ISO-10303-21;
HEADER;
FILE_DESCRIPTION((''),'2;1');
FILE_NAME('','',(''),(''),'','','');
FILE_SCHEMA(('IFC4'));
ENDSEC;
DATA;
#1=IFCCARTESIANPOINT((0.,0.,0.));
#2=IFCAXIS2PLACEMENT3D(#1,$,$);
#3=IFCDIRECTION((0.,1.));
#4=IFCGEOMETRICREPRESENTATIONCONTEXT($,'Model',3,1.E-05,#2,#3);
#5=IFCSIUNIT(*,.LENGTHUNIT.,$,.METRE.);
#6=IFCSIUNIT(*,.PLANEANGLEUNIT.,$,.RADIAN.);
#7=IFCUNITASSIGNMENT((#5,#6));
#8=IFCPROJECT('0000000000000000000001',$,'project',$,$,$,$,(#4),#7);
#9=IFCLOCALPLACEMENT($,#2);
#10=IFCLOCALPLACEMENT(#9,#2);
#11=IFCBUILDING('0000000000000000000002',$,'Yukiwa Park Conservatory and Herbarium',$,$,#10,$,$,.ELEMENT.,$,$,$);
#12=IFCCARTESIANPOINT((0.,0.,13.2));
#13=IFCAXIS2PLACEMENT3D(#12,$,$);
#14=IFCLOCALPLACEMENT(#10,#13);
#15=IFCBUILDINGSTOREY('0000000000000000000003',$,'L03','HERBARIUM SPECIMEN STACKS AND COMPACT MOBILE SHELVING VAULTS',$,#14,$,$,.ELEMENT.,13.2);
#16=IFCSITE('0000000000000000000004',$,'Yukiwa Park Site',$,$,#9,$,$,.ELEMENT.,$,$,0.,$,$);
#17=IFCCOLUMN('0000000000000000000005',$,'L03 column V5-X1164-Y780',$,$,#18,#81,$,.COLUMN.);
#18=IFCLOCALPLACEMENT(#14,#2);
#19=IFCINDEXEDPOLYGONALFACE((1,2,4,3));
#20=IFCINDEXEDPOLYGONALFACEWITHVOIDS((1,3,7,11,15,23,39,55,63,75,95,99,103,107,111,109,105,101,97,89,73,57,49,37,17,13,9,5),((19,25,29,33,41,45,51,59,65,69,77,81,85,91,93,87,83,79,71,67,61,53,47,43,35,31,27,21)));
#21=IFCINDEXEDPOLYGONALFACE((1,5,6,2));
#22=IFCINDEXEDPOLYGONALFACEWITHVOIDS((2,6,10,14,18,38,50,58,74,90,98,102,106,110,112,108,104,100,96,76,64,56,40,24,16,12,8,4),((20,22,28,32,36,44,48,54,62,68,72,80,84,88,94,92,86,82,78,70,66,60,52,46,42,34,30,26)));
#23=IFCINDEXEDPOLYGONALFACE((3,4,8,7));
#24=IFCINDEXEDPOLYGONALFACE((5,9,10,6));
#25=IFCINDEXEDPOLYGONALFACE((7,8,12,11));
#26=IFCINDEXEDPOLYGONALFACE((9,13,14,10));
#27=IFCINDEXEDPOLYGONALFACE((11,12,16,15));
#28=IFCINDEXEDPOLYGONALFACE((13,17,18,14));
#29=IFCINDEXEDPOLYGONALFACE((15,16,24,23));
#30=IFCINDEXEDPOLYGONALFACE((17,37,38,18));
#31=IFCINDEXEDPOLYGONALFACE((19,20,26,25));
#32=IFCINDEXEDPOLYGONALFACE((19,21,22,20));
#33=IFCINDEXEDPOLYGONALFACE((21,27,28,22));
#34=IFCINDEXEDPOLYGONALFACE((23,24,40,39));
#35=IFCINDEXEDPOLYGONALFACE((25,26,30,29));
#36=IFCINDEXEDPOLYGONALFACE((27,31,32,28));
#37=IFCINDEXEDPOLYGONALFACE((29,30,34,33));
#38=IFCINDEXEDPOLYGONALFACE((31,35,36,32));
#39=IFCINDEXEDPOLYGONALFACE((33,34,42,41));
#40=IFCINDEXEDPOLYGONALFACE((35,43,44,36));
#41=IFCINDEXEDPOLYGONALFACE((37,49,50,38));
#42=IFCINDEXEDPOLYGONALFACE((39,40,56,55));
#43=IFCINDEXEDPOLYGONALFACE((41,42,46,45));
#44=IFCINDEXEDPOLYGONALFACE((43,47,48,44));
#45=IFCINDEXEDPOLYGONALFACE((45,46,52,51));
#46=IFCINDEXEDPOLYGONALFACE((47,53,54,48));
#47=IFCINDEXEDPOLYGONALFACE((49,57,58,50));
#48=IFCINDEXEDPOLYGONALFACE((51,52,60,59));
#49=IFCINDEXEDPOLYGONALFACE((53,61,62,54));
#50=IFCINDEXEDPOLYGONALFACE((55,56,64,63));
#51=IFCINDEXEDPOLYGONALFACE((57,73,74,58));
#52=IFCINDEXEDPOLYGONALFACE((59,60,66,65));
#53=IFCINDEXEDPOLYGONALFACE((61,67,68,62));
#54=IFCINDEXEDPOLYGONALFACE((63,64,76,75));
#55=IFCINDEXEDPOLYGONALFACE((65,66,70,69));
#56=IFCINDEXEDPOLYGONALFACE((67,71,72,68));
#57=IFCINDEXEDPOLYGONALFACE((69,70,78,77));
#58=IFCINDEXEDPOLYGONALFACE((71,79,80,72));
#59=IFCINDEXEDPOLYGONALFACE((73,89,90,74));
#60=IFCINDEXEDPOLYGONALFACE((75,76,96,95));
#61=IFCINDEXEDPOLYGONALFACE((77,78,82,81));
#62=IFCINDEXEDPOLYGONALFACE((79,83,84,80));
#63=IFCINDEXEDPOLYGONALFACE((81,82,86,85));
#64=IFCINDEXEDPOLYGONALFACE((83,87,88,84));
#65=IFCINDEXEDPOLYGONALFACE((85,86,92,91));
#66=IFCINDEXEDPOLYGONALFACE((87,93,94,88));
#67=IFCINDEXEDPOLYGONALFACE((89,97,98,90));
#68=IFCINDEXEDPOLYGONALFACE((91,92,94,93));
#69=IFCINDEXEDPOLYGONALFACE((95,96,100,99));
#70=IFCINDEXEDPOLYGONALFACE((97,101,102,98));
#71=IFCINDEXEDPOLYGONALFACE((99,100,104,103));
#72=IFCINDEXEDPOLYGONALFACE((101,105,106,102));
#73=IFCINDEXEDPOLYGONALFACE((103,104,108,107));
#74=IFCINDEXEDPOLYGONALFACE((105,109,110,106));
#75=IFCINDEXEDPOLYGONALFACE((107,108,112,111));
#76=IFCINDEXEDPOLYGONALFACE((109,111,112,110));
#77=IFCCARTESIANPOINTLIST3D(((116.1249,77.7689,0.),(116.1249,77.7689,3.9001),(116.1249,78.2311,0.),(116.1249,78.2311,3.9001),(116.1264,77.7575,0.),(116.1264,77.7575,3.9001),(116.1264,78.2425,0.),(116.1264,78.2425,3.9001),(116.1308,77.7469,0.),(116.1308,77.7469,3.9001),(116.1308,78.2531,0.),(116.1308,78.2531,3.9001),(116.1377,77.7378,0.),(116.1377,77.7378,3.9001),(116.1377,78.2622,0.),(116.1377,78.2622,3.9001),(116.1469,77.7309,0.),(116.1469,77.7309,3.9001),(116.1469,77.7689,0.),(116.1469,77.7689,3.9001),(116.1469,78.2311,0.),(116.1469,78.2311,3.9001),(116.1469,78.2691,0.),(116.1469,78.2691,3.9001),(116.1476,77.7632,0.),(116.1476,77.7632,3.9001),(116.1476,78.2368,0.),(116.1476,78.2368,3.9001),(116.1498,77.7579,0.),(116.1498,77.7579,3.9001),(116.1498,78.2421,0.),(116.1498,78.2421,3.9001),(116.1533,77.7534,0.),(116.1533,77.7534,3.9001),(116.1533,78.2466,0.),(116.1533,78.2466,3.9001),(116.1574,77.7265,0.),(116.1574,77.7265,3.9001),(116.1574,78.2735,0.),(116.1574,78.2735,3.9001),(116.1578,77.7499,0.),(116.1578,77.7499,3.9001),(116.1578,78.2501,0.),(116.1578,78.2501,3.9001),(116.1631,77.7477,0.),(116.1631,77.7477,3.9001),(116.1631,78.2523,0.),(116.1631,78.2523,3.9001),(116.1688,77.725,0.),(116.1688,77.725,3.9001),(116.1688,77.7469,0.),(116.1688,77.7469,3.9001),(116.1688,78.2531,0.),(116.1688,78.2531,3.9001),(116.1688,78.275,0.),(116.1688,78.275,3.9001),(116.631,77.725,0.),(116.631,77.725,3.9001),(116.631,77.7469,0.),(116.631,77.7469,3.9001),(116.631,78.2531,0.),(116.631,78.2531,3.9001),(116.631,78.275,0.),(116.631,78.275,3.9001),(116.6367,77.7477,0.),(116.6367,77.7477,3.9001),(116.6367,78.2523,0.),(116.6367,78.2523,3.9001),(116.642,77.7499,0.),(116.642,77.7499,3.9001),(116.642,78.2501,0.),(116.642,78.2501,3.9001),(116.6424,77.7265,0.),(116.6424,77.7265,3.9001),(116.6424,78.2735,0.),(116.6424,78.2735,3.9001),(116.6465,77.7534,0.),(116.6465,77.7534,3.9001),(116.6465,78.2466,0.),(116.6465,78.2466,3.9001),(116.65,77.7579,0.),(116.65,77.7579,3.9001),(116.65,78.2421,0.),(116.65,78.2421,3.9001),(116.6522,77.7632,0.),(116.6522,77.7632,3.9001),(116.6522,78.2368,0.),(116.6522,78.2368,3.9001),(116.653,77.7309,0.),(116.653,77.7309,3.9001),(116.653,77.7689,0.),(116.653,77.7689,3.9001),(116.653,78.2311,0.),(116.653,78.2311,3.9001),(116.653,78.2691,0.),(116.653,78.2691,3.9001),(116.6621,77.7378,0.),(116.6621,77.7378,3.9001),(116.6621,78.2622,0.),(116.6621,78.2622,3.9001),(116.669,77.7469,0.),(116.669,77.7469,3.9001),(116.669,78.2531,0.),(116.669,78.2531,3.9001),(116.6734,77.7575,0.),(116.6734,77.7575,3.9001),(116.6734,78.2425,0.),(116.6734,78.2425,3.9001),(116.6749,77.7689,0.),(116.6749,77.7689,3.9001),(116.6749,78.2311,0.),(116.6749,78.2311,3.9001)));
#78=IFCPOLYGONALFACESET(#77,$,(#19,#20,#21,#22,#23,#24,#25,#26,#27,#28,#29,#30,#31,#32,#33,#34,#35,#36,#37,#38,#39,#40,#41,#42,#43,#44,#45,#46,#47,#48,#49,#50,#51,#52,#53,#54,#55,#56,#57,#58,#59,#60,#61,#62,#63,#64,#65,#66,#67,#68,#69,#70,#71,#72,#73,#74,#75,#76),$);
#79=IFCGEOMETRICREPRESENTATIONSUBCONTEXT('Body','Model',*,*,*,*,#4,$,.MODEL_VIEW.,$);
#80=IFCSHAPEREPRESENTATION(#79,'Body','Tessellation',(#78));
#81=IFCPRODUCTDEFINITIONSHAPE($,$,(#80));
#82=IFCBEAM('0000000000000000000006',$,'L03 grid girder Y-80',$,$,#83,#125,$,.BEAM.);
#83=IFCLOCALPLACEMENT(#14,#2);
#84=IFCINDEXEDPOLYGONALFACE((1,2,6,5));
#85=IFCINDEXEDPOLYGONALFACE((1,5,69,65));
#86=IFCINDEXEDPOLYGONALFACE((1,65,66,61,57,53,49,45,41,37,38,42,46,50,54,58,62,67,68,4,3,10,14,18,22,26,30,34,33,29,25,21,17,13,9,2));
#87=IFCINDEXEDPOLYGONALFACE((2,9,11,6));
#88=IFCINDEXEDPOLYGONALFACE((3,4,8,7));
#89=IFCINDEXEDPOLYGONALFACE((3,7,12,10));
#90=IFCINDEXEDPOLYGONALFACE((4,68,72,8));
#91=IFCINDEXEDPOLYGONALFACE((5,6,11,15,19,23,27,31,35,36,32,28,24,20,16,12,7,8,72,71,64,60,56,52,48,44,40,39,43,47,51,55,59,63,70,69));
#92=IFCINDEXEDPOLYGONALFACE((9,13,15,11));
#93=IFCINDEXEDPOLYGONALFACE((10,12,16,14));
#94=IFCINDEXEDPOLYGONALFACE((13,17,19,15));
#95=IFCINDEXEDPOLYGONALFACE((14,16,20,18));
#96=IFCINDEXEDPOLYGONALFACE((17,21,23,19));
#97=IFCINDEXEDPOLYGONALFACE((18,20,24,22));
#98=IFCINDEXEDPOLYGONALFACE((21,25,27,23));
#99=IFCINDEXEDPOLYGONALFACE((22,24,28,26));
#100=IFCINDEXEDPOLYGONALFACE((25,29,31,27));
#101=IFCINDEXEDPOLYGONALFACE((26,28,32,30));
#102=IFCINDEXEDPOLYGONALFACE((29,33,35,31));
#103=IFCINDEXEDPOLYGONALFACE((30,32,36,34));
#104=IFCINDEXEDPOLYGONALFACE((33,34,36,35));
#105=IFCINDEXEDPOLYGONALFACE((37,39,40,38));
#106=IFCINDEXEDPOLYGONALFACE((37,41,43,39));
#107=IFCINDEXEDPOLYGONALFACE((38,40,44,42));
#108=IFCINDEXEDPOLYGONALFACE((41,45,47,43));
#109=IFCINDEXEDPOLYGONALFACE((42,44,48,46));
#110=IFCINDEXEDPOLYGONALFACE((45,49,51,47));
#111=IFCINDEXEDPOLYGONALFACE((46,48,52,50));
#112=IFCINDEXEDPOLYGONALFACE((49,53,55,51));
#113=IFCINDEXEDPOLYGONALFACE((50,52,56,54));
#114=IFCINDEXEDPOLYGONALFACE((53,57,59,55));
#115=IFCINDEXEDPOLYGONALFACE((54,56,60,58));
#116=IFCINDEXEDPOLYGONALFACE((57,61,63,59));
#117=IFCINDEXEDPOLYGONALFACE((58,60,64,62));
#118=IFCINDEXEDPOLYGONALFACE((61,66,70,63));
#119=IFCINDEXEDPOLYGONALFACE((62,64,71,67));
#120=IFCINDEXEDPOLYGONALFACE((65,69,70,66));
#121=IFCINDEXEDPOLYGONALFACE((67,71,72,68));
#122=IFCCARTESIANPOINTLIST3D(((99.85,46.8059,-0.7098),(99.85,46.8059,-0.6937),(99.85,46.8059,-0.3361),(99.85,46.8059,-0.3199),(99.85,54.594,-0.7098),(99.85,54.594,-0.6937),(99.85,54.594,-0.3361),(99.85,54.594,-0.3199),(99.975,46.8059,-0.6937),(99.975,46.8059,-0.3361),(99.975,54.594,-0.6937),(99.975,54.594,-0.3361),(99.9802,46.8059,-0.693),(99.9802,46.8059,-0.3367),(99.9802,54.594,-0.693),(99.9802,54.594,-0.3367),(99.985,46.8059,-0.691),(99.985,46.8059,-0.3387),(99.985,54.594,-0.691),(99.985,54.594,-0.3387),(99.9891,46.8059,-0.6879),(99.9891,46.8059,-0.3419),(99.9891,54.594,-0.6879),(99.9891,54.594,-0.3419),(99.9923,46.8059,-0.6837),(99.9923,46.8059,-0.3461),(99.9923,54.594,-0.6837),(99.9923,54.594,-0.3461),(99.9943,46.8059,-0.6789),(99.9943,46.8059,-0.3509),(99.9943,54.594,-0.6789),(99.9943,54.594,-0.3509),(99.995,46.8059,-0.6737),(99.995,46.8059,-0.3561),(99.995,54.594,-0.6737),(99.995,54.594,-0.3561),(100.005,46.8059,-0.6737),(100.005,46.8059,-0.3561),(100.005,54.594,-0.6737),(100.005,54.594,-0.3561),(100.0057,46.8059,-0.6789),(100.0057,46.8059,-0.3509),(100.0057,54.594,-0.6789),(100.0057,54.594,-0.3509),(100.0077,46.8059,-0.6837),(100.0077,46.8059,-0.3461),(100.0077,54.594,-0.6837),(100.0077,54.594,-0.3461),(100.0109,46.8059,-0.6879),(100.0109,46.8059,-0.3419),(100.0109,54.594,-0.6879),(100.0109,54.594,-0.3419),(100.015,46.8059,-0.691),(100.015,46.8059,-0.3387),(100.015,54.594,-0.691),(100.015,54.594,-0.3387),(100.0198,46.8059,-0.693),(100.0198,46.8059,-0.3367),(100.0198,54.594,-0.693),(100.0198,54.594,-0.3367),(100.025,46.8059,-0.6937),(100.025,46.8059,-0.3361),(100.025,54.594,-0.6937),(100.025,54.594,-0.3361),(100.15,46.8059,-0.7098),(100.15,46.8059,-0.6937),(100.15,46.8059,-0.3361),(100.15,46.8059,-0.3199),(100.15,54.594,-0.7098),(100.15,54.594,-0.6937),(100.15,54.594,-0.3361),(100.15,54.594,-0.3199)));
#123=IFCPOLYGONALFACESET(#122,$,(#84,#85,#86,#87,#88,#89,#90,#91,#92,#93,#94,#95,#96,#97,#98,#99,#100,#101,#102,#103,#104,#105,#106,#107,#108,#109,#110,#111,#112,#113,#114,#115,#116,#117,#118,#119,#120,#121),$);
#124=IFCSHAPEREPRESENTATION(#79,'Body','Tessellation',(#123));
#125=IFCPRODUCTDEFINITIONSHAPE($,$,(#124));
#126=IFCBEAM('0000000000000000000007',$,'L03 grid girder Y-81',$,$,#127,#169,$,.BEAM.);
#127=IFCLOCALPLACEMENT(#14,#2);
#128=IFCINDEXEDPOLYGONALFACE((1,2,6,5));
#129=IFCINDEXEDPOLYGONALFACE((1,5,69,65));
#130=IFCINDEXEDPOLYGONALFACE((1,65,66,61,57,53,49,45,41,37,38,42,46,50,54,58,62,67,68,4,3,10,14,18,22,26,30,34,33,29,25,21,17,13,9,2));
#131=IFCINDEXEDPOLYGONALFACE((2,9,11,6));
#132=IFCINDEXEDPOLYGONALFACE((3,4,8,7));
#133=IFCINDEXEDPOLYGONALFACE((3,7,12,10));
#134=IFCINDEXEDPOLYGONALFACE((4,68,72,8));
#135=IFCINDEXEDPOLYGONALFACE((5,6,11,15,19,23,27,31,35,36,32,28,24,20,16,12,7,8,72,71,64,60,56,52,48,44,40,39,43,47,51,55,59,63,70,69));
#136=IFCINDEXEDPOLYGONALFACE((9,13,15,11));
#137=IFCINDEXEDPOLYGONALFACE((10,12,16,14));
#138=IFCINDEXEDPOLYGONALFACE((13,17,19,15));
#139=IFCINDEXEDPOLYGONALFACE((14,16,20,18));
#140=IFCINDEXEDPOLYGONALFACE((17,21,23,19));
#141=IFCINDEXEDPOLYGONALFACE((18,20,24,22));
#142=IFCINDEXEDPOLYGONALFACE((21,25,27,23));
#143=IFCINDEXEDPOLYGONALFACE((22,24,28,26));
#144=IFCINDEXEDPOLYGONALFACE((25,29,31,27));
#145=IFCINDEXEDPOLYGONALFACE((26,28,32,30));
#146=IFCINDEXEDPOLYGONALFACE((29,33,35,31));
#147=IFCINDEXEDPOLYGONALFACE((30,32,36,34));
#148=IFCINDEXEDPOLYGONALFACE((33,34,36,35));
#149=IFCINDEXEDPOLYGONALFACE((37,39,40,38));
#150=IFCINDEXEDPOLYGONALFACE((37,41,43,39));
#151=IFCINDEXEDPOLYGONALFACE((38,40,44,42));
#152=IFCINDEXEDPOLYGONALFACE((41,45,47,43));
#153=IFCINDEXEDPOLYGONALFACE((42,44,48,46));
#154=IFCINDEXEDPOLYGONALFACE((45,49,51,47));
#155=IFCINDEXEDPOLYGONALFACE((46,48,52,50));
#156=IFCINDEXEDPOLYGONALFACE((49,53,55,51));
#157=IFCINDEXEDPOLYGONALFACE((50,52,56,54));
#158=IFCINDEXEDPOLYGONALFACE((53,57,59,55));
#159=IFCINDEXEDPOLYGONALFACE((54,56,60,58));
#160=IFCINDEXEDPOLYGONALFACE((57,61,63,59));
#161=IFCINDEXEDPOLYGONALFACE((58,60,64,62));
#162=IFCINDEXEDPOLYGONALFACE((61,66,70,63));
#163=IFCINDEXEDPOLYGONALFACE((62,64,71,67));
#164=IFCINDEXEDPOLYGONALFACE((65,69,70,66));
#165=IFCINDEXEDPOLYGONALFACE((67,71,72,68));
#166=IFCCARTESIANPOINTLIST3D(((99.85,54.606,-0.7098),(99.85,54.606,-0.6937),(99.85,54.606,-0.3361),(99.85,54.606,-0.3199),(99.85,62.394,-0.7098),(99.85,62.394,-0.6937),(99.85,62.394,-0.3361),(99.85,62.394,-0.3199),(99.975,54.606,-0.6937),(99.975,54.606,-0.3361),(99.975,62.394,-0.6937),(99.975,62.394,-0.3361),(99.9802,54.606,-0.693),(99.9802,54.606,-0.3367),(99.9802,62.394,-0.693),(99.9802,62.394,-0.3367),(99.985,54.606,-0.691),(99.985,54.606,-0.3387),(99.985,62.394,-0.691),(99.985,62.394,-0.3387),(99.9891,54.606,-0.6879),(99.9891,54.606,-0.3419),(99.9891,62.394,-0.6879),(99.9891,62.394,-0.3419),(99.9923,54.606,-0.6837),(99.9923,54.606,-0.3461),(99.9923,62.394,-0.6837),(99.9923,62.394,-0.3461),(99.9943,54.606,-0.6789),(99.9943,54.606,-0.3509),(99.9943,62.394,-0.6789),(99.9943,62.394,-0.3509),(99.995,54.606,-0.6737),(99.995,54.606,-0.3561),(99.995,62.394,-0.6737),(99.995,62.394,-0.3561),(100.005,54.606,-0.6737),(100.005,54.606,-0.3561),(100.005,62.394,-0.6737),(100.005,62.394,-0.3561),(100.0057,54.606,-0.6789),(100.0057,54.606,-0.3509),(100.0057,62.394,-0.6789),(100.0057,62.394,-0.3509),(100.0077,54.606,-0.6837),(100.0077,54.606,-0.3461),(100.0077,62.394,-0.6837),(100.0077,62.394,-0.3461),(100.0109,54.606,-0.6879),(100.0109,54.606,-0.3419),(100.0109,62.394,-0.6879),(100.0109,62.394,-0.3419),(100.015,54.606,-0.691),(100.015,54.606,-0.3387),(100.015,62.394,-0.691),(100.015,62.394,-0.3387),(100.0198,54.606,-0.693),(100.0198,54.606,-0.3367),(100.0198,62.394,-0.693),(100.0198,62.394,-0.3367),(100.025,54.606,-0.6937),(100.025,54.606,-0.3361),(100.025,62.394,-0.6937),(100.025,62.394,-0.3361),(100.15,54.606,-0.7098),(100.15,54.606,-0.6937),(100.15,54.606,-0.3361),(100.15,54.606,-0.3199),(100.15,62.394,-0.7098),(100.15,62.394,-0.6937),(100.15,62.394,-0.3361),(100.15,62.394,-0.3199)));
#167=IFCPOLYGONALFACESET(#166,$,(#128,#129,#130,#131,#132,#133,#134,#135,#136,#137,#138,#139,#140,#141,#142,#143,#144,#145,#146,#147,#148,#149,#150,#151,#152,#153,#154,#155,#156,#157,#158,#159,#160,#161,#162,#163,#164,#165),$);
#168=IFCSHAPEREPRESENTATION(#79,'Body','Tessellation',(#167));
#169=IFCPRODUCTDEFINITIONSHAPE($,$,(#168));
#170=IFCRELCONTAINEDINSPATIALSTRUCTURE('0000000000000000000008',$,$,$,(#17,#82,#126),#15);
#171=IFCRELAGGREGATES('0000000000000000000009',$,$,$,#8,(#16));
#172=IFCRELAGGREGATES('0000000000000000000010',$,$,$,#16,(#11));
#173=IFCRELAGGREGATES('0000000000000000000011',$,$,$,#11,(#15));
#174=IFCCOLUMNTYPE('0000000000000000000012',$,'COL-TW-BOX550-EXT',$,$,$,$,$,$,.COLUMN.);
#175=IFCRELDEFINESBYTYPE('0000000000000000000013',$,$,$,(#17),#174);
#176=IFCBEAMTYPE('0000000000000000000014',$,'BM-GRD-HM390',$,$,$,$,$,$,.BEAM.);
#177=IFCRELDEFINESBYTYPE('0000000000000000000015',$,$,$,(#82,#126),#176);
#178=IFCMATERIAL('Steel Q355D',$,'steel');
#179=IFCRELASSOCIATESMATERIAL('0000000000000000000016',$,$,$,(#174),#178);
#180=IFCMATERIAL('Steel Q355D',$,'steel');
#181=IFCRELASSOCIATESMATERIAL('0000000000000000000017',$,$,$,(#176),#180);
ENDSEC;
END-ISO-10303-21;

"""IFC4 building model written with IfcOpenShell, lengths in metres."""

from ifc_helpers import new_model, si_unit, direction, frame, origin, origin_2d, place, context, subcontext, project, spatial, hollow_rectangle, i_section, extrude, material, material_profile, profile_set, type_object, element, save


model = new_model("IFC4")

# Units and contexts
model_context = context("Model", 3, precision=1e-05, world=origin(), true_north=direction((0.0, 1.0)))
body_context = subcontext(model_context, "Body", "Model", "MODEL_VIEW")
ifc_project = project(units=[si_unit("LENGTHUNIT", "METRE"), si_unit("PLANEANGLEUNIT", "RADIAN")], contexts=[model_context])

# Site, building, storey
site_placement = place(None, origin())
site = spatial("IfcSite", under=ifc_project, at=site_placement, Name="Yukiwa Park Site", CompositionType="ELEMENT", RefElevation=0.0)
building_placement = place(site_placement, origin())
building = spatial("IfcBuilding", under=site, at=building_placement, Name="Yukiwa Park Conservatory and Herbarium", CompositionType="ELEMENT")
storey_placement = place(building_placement, frame((0.0, 0.0, 13.2)))
storey = spatial("IfcBuildingStorey", under=building, at=storey_placement, Name="L03", Description="HERBARIUM SPECIMEN STACKS AND COMPACT MOBILE SHELVING VAULTS", CompositionType="ELEMENT", Elevation=13.2)

# Column
ifc_material_1 = material(Name="Steel Q355D", Category="steel")
ifc_material_profile_1 = material_profile(ifc_material_1, hollow_rectangle(XDim=0.55, YDim=0.55, WallThickness=0.022, InnerFilletRadius=0.022, OuterFilletRadius=0.0439, at=origin_2d()), Name="BOX 550x550x22")
ifc_profile_set_1 = profile_set([ifc_material_profile_1], Name="Steel Q355D")
column_type = type_object("IfcColumnType", Name="COL-TW-BOX550-EXT", PredefinedType="COLUMN", material=ifc_profile_set_1)
column_placement = place(storey_placement, frame((116.3999, 78.0, 0.0), z_axis=(0.0, 0.0, 1.0), x_axis=(1.0, 0.0, 0.0)))
element("IfcColumn", 1, at=column_placement, inside=storey, type_object=column_type, Name="L03 column V5-X1164-Y780", PredefinedType="COLUMN", context=body_context, shape_type="SweptSolid", body=[
    extrude(hollow_rectangle(XDim=0.55, YDim=0.55, WallThickness=0.022, InnerFilletRadius=0.022, OuterFilletRadius=0.0439, at=origin_2d()), origin(), (0.0, 0.0, 1.0), 3.9001),
])

# Beams
ifc_material_2 = material(Name="Steel Q355D", Category="steel")
ifc_material_profile_2 = material_profile(ifc_material_2, i_section(OverallWidth=0.3, OverallDepth=0.3899, WebThickness=0.01, FlangeThickness=0.0161, FilletRadius=0.02, at=origin_2d()), Name="HM 390x300x10x16")
ifc_profile_set_2 = profile_set([ifc_material_profile_2], Name="Steel Q355D")
beam_type_1 = type_object("IfcBeamType", Name="BM-GRD-HM390", PredefinedType="BEAM", material=ifc_profile_set_2)
for number, where, z_axis, x_axis, name in (
    (2, (100.0, 46.8059, -0.5149), (0.0, 1.0, 0.0), (-1.0, 0.0, 0.0), "L03 grid girder Y-80"),
    (3, (100.0, 54.606, -0.5149), (0.0, 1.0, 0.0), (-1.0, 0.0, 0.0), "L03 grid girder Y-81"),
):
    element("IfcBeam", number, at=place(storey_placement, frame(where, z_axis=z_axis, x_axis=x_axis)), inside=storey, type_object=beam_type_1, Name=name, PredefinedType="BEAM", context=body_context, shape_type="SweptSolid", body=[
        extrude(i_section(OverallWidth=0.3, OverallDepth=0.3899, WebThickness=0.01, FlangeThickness=0.0161, FilletRadius=0.02, at=origin_2d()), origin(), (0.0, 0.0, 1.0), 7.7881),
    ])

save(model, "model.ifc")
